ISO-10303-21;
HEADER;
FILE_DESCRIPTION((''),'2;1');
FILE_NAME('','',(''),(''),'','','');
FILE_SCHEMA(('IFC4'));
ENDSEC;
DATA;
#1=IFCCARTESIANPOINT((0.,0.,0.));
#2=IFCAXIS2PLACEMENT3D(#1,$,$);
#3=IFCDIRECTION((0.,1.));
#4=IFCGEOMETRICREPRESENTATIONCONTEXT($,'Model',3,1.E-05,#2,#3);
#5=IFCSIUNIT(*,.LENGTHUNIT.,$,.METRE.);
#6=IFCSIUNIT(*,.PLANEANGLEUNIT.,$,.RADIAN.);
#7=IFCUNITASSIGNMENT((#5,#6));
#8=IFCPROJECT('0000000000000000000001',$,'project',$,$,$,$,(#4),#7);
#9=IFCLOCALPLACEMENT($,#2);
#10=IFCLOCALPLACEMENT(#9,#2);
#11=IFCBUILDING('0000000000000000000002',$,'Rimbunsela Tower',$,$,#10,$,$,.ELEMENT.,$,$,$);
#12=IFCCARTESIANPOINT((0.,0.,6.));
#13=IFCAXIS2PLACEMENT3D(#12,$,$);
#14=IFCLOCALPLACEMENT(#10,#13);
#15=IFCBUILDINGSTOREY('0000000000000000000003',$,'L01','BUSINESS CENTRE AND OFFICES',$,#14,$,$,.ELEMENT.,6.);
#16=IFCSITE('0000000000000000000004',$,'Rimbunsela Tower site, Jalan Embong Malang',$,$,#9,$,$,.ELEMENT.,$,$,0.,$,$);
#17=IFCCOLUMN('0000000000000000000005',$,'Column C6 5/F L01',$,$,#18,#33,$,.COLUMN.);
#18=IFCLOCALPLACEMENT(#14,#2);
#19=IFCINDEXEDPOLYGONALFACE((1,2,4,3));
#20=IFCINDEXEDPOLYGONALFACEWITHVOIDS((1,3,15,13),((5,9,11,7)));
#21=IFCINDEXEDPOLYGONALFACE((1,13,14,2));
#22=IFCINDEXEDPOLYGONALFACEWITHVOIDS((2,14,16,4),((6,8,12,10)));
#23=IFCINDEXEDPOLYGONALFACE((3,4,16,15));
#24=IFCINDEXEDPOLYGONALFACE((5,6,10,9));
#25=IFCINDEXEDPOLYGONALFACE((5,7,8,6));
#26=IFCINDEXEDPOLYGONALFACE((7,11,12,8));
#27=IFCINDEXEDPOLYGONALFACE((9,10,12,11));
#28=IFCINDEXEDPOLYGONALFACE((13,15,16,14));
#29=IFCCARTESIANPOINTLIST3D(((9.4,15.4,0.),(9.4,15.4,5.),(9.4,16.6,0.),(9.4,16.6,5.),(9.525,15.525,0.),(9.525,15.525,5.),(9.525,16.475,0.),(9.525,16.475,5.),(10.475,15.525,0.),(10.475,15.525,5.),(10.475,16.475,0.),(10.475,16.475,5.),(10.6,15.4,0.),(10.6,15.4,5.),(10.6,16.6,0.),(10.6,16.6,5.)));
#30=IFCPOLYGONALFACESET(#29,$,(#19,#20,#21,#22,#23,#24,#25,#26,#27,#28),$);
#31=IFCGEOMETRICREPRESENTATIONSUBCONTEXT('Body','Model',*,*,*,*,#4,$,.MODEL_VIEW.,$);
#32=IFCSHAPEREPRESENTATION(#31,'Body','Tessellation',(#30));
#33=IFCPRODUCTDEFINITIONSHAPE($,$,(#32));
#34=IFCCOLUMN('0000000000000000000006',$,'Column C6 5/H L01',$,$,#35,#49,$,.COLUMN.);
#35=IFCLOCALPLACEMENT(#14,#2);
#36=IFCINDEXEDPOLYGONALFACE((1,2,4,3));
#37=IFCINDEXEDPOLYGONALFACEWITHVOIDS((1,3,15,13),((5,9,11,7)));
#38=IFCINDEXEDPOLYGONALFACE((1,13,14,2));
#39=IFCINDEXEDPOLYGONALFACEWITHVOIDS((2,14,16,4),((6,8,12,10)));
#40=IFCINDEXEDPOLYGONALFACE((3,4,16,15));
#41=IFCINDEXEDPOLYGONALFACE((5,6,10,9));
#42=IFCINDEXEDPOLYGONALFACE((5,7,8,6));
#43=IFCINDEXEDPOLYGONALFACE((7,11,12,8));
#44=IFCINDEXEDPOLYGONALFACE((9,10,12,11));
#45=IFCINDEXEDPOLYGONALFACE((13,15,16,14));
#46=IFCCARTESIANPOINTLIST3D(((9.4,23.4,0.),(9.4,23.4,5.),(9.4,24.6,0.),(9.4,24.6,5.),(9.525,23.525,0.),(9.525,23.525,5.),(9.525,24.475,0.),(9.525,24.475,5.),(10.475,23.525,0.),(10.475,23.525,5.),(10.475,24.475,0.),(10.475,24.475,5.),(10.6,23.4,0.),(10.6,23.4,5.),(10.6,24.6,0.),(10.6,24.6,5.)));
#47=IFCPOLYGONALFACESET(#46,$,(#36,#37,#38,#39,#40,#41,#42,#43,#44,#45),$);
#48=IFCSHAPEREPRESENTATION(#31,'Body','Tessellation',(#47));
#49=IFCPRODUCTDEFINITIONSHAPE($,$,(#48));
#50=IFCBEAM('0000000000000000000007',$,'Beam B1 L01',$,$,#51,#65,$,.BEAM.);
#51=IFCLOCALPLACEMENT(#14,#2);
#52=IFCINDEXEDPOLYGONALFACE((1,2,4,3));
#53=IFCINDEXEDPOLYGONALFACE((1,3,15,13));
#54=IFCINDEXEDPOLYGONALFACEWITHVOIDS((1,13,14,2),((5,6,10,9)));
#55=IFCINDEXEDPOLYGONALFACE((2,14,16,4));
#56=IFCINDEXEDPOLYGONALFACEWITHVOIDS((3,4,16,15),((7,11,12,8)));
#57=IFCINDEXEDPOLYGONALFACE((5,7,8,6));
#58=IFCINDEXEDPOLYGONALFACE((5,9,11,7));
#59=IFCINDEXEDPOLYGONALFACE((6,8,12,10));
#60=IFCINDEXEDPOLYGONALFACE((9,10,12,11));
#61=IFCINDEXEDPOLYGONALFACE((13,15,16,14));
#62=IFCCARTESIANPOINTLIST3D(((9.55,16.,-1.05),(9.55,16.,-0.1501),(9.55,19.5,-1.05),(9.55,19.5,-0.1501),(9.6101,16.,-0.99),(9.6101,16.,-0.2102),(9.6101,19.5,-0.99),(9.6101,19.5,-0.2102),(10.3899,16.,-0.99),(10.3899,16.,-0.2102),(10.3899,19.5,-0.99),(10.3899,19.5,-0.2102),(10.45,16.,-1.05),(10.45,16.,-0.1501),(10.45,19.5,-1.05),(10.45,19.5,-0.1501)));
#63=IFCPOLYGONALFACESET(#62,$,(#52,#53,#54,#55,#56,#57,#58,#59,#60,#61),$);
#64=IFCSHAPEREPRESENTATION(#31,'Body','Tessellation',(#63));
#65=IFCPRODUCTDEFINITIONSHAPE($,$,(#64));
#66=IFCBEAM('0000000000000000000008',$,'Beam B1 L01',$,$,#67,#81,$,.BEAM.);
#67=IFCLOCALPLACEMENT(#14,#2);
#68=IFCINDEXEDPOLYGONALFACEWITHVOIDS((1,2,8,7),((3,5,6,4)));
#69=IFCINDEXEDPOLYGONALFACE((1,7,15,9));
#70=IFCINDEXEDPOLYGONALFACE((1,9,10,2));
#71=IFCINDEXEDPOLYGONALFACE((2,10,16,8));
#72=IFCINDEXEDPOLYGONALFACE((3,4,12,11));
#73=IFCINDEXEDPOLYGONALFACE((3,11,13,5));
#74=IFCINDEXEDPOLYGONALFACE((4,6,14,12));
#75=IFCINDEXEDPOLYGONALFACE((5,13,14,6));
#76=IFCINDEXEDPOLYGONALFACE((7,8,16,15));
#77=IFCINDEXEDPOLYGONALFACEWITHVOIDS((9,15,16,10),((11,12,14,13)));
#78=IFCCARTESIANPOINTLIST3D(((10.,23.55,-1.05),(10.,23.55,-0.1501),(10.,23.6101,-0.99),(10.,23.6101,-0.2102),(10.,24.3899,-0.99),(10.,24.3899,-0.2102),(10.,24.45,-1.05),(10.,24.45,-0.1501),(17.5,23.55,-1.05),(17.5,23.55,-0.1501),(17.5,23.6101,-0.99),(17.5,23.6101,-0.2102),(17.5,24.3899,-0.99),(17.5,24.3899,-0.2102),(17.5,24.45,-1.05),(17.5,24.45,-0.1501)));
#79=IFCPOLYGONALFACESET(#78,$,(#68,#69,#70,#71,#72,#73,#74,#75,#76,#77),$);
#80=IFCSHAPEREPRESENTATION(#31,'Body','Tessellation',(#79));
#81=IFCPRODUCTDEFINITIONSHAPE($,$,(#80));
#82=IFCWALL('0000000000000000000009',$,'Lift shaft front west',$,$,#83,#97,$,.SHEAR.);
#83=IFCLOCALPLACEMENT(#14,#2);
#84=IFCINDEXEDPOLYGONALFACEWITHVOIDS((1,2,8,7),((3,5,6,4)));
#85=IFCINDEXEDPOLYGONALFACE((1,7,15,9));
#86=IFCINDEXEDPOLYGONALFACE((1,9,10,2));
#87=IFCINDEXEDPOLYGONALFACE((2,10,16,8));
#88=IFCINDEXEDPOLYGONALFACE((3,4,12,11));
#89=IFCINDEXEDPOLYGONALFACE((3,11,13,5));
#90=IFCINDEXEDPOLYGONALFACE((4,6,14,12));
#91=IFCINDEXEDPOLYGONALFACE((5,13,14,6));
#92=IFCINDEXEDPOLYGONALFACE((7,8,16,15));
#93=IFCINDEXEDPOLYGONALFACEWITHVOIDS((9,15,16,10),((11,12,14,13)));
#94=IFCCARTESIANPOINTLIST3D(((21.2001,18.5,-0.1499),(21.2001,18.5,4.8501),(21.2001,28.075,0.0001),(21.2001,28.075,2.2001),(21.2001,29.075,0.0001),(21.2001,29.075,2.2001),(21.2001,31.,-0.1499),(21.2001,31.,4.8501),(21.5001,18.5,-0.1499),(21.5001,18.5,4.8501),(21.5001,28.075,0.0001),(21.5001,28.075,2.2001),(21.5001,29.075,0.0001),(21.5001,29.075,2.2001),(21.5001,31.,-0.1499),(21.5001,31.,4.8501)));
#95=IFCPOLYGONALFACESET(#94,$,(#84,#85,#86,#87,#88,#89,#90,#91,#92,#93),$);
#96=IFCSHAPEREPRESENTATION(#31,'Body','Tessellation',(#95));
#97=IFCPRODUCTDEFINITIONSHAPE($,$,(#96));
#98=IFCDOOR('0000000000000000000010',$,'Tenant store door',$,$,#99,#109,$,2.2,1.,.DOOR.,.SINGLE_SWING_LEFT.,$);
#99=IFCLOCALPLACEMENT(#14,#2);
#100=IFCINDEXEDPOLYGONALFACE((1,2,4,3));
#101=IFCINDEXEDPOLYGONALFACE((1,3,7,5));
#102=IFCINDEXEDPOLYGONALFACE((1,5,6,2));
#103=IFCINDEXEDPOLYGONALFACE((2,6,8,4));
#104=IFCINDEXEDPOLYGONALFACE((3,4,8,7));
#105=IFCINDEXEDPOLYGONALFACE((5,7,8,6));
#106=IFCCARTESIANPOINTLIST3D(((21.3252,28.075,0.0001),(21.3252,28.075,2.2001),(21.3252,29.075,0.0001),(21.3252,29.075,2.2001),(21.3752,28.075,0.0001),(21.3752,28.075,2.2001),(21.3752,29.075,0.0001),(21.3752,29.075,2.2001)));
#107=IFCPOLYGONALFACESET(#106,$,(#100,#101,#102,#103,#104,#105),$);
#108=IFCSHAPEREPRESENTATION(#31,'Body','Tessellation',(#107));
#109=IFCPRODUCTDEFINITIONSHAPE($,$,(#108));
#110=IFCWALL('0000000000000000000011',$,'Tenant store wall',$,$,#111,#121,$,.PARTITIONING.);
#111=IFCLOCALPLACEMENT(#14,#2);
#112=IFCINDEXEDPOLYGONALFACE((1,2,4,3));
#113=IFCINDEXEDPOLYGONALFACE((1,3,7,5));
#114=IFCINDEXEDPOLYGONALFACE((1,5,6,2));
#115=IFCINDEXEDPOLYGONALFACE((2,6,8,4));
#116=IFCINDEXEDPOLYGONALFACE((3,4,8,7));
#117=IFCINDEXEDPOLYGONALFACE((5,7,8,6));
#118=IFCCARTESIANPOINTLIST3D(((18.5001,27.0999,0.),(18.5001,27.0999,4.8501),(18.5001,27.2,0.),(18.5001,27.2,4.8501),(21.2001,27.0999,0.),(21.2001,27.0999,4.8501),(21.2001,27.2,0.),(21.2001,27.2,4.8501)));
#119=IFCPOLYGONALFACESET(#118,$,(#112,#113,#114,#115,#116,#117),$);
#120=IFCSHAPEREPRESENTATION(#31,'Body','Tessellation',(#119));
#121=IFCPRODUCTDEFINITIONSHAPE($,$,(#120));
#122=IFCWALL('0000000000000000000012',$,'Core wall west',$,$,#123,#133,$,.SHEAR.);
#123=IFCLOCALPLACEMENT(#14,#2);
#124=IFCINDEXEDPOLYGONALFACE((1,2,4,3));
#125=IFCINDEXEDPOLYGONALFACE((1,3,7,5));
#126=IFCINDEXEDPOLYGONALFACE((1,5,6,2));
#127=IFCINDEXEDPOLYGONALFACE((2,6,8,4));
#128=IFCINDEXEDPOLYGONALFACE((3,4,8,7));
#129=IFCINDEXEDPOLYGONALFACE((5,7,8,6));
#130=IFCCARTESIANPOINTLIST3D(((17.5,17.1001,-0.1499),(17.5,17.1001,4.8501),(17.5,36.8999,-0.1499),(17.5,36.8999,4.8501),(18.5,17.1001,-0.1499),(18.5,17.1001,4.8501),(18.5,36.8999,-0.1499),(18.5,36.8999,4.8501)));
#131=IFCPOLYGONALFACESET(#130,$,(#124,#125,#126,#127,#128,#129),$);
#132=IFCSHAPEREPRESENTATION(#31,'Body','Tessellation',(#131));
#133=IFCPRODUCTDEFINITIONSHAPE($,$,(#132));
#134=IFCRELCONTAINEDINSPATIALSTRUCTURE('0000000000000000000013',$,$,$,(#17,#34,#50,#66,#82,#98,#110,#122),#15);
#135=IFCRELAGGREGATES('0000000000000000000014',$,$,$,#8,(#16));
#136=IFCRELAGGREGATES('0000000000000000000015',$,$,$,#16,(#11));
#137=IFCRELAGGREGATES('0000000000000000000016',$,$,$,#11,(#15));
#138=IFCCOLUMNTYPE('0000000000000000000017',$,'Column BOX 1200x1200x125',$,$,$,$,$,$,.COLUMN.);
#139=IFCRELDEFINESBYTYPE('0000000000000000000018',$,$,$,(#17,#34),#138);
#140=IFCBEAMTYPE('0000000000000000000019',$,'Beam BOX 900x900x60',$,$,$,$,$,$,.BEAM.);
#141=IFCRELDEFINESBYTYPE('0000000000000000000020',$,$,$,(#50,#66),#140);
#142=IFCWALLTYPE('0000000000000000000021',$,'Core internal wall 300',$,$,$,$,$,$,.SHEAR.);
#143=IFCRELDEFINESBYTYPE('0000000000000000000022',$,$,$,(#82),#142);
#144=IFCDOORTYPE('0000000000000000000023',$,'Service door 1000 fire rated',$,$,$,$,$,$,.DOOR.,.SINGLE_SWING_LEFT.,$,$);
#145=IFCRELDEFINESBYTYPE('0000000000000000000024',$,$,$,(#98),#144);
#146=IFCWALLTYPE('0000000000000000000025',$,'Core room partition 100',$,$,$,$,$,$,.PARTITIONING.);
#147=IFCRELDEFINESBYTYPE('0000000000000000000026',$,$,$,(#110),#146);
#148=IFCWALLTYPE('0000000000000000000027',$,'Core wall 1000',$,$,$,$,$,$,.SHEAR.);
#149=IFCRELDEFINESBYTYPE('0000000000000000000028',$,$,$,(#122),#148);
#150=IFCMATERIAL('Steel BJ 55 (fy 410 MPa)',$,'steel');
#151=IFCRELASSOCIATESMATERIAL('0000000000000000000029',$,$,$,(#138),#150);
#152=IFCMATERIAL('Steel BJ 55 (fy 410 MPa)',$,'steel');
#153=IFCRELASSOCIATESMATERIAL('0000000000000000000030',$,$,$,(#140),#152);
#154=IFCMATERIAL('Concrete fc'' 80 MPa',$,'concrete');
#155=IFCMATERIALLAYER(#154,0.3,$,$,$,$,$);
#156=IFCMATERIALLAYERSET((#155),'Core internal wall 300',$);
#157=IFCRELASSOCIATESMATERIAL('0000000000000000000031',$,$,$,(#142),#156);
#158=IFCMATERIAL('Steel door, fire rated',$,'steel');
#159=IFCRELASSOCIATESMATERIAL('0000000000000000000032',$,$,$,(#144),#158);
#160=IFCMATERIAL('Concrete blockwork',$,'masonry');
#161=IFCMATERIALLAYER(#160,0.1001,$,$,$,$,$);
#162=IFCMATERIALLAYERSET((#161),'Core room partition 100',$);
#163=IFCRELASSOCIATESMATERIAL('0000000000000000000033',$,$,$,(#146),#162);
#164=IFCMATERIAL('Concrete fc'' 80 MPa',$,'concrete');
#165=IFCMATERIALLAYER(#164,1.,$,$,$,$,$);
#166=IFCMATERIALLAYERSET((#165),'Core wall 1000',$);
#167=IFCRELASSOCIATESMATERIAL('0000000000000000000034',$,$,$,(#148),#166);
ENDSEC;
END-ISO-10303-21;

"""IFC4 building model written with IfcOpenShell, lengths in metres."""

from ifc_helpers import new_model, si_unit, direction, frame, frame_2d, origin, origin_2d, place, context, subcontext, project, spatial, rectangle, hollow_rectangle, extrude, material, layer, layer_set, material_profile, profile_set, type_object, element, fill, save


model = new_model("IFC4")

# Units and contexts
model_context = context("Model", 3, precision=1e-05, world=origin(), true_north=direction((0.0, 1.0)))
body_context = subcontext(model_context, "Body", "Model", "MODEL_VIEW")
ifc_project = project(units=[si_unit("LENGTHUNIT", "METRE"), si_unit("PLANEANGLEUNIT", "RADIAN")], contexts=[model_context])

# Site, building, storey
site_placement = place(None, origin())
site = spatial("IfcSite", under=ifc_project, at=site_placement, Name="Rimbunsela Tower site, Jalan Embong Malang", CompositionType="ELEMENT", RefElevation=0.0)
building_placement = place(site_placement, origin())
building = spatial("IfcBuilding", under=site, at=building_placement, Name="Rimbunsela Tower", CompositionType="ELEMENT")
storey_placement = place(building_placement, frame((0.0, 0.0, 6.0)))
storey = spatial("IfcBuildingStorey", under=building, at=storey_placement, Name="L01", Description="BUSINESS CENTRE AND OFFICES", CompositionType="ELEMENT", Elevation=6.0)

# Columns
ifc_material_1 = material(Name="Steel BJ 55 (fy 410 MPa)", Category="steel")
ifc_material_profile_1 = material_profile(ifc_material_1, hollow_rectangle(XDim=1.2, YDim=1.2, WallThickness=0.125, at=origin_2d()), Name="BOX 1200x1200x125")
ifc_profile_set_1 = profile_set([ifc_material_profile_1], Name="Steel BJ 55 (fy 410 MPa)")
column_type = type_object("IfcColumnType", Name="Column BOX 1200x1200x125", PredefinedType="COLUMN", material=ifc_profile_set_1)
for number, where, z_axis, x_axis, name in (
    (1, (10.0, 16.0, 0.0), (0.0, 0.0, 1.0), (1.0, 0.0, 0.0), "Column C6 5/F L01"),
    (2, (10.0, 24.0, 0.0), (0.0, 0.0, 1.0), (1.0, 0.0, 0.0), "Column C6 5/H L01"),
):
    element("IfcColumn", number, at=place(storey_placement, frame(where, z_axis=z_axis, x_axis=x_axis)), inside=storey, type_object=column_type, Name=name, PredefinedType="COLUMN", context=body_context, shape_type="SweptSolid", body=[
        extrude(hollow_rectangle(XDim=1.2, YDim=1.2, WallThickness=0.125, at=origin_2d()), origin(), (0.0, 0.0, 1.0), 5.0),
    ])

# Beams
ifc_material_2 = material(Name="Steel BJ 55 (fy 410 MPa)", Category="steel")
ifc_material_profile_2 = material_profile(ifc_material_2, hollow_rectangle(XDim=0.8999, YDim=0.8999, WallThickness=0.0601, at=origin_2d()), Name="BOX 900x900x60")
ifc_profile_set_2 = profile_set([ifc_material_profile_2], Name="Steel BJ 55 (fy 410 MPa)")
beam_type = type_object("IfcBeamType", Name="Beam BOX 900x900x60", PredefinedType="BEAM", material=ifc_profile_set_2)
beam_1_placement = place(storey_placement, frame((10.0, 16.0, -0.6001), z_axis=(0.0, 1.0, 0.0), x_axis=(-1.0, 0.0, 0.0)))
element("IfcBeam", 3, at=beam_1_placement, inside=storey, type_object=beam_type, Name="Beam B1 L01", PredefinedType="BEAM", context=body_context, shape_type="SweptSolid", body=[
    extrude(hollow_rectangle(XDim=0.8999, YDim=0.8999, WallThickness=0.0601, at=origin_2d()), origin(), (0.0, 0.0, 1.0), 3.5),
])
beam_2_placement = place(storey_placement, frame((10.0, 24.0, -0.6001), z_axis=(1.0, 0.0, 0.0), x_axis=(0.0, 1.0, 0.0)))
element("IfcBeam", 4, at=beam_2_placement, inside=storey, type_object=beam_type, Name="Beam B1 L01", PredefinedType="BEAM", context=body_context, shape_type="SweptSolid", body=[
    extrude(hollow_rectangle(XDim=0.8999, YDim=0.8999, WallThickness=0.0601, at=origin_2d()), origin(), (0.0, 0.0, 1.0), 7.5),
])

# Wall, opening, door
ifc_material_3 = material(Name="Concrete fc' 80 MPa", Category="concrete")
ifc_layer_1 = layer(ifc_material_3, 0.3)
ifc_layer_set_1 = layer_set([ifc_layer_1], Name="Core internal wall 300")
wall_type_1 = type_object("IfcWallType", Name="Core internal wall 300", PredefinedType="SHEAR", material=ifc_layer_set_1)
wall_1_placement = place(storey_placement, frame((21.3501, 18.5, -0.1499), z_axis=(0.0, 0.0, 1.0), x_axis=(0.0, 1.0, 0.0)))
wall_1 = element("IfcWall", 5, at=wall_1_placement, inside=storey, type_object=wall_type_1, Name="Lift shaft front west", PredefinedType="SHEAR", context=body_context, shape_type="SweptSolid", body=[
    extrude(rectangle(XDim=12.5, YDim=0.3, at=frame_2d((6.25, 0.0))), origin(), (0.0, 0.0, 1.0), 5.0),
])
opening_1_placement = place(wall_1_placement, frame((9.575, 0.0, 0.1499)))
opening_1 = element("IfcOpeningElement", 6, at=opening_1_placement, cuts=wall_1, PredefinedType="OPENING", context=body_context, shape_type="SweptSolid", body=[
    extrude(rectangle(XDim=1.0, YDim=2.2, at=frame_2d((0.5, 1.1001))), frame((0.0, 0.1599, 0.0), z_axis=(0.0, -1.0, 0.0), x_axis=(1.0, 0.0, 0.0)), (0.0, 0.0, 1.0), 0.3201),
])
ifc_material_4 = material(Name="Steel door, fire rated", Category="steel")
door_type_1 = type_object("IfcDoorType", Name="Service door 1000 fire rated", OperationType="SINGLE_SWING_LEFT", PredefinedType="DOOR", material=ifc_material_4)
door_1_placement = place(opening_1_placement, origin())
door_1 = element("IfcDoor", 7, at=door_1_placement, inside=storey, type_object=door_type_1, Name="Tenant store door", OperationType="SINGLE_SWING_LEFT", OverallHeight=2.2, OverallWidth=1.0, PredefinedType="DOOR", context=body_context, shape_type="SweptSolid", body=[
    extrude(rectangle(XDim=1.0, YDim=2.2, at=frame_2d((0.5, 1.1001))), frame((0.0, 0.0249, 0.0), z_axis=(0.0, -1.0, 0.0), x_axis=(1.0, 0.0, 0.0)), (0.0, 0.0, 1.0), 0.05),
])
fill(opening_1, door_1)

# Walls
ifc_material_5 = material(Name="Concrete blockwork", Category="masonry")
ifc_layer_2 = layer(ifc_material_5, 0.1001)
ifc_layer_set_2 = layer_set([ifc_layer_2], Name="Core room partition 100")
wall_type_2 = type_object("IfcWallType", Name="Core room partition 100", PredefinedType="PARTITIONING", material=ifc_layer_set_2)
wall_2_placement = place(storey_placement, frame((18.5, 27.1499, 0.0), z_axis=(0.0, 0.0, 1.0), x_axis=(1.0, 0.0, 0.0)))
element("IfcWall", 8, at=wall_2_placement, inside=storey, type_object=wall_type_2, Name="Tenant store wall", PredefinedType="PARTITIONING", context=body_context, shape_type="SweptSolid", body=[
    extrude(rectangle(XDim=2.7, YDim=0.1001, at=frame_2d((1.3501, 0.0))), origin(), (0.0, 0.0, 1.0), 4.8501),
])
ifc_material_6 = material(Name="Concrete fc' 80 MPa", Category="concrete")
ifc_layer_3 = layer(ifc_material_6, 1.0)
ifc_layer_set_3 = layer_set([ifc_layer_3], Name="Core wall 1000")
wall_type_3 = type_object("IfcWallType", Name="Core wall 1000", PredefinedType="SHEAR", material=ifc_layer_set_3)
wall_3_placement = place(storey_placement, frame((18.0, 17.1001, -0.1499), z_axis=(0.0, 0.0, 1.0), x_axis=(0.0, 1.0, 0.0)))
element("IfcWall", 9, at=wall_3_placement, inside=storey, type_object=wall_type_3, Name="Core wall west", PredefinedType="SHEAR", context=body_context, shape_type="SweptSolid", body=[
    extrude(rectangle(XDim=19.7998, YDim=1.0, at=frame_2d((9.8999, 0.0))), origin(), (0.0, 0.0, 1.0), 5.0),
])

save(model, "model.ifc")
